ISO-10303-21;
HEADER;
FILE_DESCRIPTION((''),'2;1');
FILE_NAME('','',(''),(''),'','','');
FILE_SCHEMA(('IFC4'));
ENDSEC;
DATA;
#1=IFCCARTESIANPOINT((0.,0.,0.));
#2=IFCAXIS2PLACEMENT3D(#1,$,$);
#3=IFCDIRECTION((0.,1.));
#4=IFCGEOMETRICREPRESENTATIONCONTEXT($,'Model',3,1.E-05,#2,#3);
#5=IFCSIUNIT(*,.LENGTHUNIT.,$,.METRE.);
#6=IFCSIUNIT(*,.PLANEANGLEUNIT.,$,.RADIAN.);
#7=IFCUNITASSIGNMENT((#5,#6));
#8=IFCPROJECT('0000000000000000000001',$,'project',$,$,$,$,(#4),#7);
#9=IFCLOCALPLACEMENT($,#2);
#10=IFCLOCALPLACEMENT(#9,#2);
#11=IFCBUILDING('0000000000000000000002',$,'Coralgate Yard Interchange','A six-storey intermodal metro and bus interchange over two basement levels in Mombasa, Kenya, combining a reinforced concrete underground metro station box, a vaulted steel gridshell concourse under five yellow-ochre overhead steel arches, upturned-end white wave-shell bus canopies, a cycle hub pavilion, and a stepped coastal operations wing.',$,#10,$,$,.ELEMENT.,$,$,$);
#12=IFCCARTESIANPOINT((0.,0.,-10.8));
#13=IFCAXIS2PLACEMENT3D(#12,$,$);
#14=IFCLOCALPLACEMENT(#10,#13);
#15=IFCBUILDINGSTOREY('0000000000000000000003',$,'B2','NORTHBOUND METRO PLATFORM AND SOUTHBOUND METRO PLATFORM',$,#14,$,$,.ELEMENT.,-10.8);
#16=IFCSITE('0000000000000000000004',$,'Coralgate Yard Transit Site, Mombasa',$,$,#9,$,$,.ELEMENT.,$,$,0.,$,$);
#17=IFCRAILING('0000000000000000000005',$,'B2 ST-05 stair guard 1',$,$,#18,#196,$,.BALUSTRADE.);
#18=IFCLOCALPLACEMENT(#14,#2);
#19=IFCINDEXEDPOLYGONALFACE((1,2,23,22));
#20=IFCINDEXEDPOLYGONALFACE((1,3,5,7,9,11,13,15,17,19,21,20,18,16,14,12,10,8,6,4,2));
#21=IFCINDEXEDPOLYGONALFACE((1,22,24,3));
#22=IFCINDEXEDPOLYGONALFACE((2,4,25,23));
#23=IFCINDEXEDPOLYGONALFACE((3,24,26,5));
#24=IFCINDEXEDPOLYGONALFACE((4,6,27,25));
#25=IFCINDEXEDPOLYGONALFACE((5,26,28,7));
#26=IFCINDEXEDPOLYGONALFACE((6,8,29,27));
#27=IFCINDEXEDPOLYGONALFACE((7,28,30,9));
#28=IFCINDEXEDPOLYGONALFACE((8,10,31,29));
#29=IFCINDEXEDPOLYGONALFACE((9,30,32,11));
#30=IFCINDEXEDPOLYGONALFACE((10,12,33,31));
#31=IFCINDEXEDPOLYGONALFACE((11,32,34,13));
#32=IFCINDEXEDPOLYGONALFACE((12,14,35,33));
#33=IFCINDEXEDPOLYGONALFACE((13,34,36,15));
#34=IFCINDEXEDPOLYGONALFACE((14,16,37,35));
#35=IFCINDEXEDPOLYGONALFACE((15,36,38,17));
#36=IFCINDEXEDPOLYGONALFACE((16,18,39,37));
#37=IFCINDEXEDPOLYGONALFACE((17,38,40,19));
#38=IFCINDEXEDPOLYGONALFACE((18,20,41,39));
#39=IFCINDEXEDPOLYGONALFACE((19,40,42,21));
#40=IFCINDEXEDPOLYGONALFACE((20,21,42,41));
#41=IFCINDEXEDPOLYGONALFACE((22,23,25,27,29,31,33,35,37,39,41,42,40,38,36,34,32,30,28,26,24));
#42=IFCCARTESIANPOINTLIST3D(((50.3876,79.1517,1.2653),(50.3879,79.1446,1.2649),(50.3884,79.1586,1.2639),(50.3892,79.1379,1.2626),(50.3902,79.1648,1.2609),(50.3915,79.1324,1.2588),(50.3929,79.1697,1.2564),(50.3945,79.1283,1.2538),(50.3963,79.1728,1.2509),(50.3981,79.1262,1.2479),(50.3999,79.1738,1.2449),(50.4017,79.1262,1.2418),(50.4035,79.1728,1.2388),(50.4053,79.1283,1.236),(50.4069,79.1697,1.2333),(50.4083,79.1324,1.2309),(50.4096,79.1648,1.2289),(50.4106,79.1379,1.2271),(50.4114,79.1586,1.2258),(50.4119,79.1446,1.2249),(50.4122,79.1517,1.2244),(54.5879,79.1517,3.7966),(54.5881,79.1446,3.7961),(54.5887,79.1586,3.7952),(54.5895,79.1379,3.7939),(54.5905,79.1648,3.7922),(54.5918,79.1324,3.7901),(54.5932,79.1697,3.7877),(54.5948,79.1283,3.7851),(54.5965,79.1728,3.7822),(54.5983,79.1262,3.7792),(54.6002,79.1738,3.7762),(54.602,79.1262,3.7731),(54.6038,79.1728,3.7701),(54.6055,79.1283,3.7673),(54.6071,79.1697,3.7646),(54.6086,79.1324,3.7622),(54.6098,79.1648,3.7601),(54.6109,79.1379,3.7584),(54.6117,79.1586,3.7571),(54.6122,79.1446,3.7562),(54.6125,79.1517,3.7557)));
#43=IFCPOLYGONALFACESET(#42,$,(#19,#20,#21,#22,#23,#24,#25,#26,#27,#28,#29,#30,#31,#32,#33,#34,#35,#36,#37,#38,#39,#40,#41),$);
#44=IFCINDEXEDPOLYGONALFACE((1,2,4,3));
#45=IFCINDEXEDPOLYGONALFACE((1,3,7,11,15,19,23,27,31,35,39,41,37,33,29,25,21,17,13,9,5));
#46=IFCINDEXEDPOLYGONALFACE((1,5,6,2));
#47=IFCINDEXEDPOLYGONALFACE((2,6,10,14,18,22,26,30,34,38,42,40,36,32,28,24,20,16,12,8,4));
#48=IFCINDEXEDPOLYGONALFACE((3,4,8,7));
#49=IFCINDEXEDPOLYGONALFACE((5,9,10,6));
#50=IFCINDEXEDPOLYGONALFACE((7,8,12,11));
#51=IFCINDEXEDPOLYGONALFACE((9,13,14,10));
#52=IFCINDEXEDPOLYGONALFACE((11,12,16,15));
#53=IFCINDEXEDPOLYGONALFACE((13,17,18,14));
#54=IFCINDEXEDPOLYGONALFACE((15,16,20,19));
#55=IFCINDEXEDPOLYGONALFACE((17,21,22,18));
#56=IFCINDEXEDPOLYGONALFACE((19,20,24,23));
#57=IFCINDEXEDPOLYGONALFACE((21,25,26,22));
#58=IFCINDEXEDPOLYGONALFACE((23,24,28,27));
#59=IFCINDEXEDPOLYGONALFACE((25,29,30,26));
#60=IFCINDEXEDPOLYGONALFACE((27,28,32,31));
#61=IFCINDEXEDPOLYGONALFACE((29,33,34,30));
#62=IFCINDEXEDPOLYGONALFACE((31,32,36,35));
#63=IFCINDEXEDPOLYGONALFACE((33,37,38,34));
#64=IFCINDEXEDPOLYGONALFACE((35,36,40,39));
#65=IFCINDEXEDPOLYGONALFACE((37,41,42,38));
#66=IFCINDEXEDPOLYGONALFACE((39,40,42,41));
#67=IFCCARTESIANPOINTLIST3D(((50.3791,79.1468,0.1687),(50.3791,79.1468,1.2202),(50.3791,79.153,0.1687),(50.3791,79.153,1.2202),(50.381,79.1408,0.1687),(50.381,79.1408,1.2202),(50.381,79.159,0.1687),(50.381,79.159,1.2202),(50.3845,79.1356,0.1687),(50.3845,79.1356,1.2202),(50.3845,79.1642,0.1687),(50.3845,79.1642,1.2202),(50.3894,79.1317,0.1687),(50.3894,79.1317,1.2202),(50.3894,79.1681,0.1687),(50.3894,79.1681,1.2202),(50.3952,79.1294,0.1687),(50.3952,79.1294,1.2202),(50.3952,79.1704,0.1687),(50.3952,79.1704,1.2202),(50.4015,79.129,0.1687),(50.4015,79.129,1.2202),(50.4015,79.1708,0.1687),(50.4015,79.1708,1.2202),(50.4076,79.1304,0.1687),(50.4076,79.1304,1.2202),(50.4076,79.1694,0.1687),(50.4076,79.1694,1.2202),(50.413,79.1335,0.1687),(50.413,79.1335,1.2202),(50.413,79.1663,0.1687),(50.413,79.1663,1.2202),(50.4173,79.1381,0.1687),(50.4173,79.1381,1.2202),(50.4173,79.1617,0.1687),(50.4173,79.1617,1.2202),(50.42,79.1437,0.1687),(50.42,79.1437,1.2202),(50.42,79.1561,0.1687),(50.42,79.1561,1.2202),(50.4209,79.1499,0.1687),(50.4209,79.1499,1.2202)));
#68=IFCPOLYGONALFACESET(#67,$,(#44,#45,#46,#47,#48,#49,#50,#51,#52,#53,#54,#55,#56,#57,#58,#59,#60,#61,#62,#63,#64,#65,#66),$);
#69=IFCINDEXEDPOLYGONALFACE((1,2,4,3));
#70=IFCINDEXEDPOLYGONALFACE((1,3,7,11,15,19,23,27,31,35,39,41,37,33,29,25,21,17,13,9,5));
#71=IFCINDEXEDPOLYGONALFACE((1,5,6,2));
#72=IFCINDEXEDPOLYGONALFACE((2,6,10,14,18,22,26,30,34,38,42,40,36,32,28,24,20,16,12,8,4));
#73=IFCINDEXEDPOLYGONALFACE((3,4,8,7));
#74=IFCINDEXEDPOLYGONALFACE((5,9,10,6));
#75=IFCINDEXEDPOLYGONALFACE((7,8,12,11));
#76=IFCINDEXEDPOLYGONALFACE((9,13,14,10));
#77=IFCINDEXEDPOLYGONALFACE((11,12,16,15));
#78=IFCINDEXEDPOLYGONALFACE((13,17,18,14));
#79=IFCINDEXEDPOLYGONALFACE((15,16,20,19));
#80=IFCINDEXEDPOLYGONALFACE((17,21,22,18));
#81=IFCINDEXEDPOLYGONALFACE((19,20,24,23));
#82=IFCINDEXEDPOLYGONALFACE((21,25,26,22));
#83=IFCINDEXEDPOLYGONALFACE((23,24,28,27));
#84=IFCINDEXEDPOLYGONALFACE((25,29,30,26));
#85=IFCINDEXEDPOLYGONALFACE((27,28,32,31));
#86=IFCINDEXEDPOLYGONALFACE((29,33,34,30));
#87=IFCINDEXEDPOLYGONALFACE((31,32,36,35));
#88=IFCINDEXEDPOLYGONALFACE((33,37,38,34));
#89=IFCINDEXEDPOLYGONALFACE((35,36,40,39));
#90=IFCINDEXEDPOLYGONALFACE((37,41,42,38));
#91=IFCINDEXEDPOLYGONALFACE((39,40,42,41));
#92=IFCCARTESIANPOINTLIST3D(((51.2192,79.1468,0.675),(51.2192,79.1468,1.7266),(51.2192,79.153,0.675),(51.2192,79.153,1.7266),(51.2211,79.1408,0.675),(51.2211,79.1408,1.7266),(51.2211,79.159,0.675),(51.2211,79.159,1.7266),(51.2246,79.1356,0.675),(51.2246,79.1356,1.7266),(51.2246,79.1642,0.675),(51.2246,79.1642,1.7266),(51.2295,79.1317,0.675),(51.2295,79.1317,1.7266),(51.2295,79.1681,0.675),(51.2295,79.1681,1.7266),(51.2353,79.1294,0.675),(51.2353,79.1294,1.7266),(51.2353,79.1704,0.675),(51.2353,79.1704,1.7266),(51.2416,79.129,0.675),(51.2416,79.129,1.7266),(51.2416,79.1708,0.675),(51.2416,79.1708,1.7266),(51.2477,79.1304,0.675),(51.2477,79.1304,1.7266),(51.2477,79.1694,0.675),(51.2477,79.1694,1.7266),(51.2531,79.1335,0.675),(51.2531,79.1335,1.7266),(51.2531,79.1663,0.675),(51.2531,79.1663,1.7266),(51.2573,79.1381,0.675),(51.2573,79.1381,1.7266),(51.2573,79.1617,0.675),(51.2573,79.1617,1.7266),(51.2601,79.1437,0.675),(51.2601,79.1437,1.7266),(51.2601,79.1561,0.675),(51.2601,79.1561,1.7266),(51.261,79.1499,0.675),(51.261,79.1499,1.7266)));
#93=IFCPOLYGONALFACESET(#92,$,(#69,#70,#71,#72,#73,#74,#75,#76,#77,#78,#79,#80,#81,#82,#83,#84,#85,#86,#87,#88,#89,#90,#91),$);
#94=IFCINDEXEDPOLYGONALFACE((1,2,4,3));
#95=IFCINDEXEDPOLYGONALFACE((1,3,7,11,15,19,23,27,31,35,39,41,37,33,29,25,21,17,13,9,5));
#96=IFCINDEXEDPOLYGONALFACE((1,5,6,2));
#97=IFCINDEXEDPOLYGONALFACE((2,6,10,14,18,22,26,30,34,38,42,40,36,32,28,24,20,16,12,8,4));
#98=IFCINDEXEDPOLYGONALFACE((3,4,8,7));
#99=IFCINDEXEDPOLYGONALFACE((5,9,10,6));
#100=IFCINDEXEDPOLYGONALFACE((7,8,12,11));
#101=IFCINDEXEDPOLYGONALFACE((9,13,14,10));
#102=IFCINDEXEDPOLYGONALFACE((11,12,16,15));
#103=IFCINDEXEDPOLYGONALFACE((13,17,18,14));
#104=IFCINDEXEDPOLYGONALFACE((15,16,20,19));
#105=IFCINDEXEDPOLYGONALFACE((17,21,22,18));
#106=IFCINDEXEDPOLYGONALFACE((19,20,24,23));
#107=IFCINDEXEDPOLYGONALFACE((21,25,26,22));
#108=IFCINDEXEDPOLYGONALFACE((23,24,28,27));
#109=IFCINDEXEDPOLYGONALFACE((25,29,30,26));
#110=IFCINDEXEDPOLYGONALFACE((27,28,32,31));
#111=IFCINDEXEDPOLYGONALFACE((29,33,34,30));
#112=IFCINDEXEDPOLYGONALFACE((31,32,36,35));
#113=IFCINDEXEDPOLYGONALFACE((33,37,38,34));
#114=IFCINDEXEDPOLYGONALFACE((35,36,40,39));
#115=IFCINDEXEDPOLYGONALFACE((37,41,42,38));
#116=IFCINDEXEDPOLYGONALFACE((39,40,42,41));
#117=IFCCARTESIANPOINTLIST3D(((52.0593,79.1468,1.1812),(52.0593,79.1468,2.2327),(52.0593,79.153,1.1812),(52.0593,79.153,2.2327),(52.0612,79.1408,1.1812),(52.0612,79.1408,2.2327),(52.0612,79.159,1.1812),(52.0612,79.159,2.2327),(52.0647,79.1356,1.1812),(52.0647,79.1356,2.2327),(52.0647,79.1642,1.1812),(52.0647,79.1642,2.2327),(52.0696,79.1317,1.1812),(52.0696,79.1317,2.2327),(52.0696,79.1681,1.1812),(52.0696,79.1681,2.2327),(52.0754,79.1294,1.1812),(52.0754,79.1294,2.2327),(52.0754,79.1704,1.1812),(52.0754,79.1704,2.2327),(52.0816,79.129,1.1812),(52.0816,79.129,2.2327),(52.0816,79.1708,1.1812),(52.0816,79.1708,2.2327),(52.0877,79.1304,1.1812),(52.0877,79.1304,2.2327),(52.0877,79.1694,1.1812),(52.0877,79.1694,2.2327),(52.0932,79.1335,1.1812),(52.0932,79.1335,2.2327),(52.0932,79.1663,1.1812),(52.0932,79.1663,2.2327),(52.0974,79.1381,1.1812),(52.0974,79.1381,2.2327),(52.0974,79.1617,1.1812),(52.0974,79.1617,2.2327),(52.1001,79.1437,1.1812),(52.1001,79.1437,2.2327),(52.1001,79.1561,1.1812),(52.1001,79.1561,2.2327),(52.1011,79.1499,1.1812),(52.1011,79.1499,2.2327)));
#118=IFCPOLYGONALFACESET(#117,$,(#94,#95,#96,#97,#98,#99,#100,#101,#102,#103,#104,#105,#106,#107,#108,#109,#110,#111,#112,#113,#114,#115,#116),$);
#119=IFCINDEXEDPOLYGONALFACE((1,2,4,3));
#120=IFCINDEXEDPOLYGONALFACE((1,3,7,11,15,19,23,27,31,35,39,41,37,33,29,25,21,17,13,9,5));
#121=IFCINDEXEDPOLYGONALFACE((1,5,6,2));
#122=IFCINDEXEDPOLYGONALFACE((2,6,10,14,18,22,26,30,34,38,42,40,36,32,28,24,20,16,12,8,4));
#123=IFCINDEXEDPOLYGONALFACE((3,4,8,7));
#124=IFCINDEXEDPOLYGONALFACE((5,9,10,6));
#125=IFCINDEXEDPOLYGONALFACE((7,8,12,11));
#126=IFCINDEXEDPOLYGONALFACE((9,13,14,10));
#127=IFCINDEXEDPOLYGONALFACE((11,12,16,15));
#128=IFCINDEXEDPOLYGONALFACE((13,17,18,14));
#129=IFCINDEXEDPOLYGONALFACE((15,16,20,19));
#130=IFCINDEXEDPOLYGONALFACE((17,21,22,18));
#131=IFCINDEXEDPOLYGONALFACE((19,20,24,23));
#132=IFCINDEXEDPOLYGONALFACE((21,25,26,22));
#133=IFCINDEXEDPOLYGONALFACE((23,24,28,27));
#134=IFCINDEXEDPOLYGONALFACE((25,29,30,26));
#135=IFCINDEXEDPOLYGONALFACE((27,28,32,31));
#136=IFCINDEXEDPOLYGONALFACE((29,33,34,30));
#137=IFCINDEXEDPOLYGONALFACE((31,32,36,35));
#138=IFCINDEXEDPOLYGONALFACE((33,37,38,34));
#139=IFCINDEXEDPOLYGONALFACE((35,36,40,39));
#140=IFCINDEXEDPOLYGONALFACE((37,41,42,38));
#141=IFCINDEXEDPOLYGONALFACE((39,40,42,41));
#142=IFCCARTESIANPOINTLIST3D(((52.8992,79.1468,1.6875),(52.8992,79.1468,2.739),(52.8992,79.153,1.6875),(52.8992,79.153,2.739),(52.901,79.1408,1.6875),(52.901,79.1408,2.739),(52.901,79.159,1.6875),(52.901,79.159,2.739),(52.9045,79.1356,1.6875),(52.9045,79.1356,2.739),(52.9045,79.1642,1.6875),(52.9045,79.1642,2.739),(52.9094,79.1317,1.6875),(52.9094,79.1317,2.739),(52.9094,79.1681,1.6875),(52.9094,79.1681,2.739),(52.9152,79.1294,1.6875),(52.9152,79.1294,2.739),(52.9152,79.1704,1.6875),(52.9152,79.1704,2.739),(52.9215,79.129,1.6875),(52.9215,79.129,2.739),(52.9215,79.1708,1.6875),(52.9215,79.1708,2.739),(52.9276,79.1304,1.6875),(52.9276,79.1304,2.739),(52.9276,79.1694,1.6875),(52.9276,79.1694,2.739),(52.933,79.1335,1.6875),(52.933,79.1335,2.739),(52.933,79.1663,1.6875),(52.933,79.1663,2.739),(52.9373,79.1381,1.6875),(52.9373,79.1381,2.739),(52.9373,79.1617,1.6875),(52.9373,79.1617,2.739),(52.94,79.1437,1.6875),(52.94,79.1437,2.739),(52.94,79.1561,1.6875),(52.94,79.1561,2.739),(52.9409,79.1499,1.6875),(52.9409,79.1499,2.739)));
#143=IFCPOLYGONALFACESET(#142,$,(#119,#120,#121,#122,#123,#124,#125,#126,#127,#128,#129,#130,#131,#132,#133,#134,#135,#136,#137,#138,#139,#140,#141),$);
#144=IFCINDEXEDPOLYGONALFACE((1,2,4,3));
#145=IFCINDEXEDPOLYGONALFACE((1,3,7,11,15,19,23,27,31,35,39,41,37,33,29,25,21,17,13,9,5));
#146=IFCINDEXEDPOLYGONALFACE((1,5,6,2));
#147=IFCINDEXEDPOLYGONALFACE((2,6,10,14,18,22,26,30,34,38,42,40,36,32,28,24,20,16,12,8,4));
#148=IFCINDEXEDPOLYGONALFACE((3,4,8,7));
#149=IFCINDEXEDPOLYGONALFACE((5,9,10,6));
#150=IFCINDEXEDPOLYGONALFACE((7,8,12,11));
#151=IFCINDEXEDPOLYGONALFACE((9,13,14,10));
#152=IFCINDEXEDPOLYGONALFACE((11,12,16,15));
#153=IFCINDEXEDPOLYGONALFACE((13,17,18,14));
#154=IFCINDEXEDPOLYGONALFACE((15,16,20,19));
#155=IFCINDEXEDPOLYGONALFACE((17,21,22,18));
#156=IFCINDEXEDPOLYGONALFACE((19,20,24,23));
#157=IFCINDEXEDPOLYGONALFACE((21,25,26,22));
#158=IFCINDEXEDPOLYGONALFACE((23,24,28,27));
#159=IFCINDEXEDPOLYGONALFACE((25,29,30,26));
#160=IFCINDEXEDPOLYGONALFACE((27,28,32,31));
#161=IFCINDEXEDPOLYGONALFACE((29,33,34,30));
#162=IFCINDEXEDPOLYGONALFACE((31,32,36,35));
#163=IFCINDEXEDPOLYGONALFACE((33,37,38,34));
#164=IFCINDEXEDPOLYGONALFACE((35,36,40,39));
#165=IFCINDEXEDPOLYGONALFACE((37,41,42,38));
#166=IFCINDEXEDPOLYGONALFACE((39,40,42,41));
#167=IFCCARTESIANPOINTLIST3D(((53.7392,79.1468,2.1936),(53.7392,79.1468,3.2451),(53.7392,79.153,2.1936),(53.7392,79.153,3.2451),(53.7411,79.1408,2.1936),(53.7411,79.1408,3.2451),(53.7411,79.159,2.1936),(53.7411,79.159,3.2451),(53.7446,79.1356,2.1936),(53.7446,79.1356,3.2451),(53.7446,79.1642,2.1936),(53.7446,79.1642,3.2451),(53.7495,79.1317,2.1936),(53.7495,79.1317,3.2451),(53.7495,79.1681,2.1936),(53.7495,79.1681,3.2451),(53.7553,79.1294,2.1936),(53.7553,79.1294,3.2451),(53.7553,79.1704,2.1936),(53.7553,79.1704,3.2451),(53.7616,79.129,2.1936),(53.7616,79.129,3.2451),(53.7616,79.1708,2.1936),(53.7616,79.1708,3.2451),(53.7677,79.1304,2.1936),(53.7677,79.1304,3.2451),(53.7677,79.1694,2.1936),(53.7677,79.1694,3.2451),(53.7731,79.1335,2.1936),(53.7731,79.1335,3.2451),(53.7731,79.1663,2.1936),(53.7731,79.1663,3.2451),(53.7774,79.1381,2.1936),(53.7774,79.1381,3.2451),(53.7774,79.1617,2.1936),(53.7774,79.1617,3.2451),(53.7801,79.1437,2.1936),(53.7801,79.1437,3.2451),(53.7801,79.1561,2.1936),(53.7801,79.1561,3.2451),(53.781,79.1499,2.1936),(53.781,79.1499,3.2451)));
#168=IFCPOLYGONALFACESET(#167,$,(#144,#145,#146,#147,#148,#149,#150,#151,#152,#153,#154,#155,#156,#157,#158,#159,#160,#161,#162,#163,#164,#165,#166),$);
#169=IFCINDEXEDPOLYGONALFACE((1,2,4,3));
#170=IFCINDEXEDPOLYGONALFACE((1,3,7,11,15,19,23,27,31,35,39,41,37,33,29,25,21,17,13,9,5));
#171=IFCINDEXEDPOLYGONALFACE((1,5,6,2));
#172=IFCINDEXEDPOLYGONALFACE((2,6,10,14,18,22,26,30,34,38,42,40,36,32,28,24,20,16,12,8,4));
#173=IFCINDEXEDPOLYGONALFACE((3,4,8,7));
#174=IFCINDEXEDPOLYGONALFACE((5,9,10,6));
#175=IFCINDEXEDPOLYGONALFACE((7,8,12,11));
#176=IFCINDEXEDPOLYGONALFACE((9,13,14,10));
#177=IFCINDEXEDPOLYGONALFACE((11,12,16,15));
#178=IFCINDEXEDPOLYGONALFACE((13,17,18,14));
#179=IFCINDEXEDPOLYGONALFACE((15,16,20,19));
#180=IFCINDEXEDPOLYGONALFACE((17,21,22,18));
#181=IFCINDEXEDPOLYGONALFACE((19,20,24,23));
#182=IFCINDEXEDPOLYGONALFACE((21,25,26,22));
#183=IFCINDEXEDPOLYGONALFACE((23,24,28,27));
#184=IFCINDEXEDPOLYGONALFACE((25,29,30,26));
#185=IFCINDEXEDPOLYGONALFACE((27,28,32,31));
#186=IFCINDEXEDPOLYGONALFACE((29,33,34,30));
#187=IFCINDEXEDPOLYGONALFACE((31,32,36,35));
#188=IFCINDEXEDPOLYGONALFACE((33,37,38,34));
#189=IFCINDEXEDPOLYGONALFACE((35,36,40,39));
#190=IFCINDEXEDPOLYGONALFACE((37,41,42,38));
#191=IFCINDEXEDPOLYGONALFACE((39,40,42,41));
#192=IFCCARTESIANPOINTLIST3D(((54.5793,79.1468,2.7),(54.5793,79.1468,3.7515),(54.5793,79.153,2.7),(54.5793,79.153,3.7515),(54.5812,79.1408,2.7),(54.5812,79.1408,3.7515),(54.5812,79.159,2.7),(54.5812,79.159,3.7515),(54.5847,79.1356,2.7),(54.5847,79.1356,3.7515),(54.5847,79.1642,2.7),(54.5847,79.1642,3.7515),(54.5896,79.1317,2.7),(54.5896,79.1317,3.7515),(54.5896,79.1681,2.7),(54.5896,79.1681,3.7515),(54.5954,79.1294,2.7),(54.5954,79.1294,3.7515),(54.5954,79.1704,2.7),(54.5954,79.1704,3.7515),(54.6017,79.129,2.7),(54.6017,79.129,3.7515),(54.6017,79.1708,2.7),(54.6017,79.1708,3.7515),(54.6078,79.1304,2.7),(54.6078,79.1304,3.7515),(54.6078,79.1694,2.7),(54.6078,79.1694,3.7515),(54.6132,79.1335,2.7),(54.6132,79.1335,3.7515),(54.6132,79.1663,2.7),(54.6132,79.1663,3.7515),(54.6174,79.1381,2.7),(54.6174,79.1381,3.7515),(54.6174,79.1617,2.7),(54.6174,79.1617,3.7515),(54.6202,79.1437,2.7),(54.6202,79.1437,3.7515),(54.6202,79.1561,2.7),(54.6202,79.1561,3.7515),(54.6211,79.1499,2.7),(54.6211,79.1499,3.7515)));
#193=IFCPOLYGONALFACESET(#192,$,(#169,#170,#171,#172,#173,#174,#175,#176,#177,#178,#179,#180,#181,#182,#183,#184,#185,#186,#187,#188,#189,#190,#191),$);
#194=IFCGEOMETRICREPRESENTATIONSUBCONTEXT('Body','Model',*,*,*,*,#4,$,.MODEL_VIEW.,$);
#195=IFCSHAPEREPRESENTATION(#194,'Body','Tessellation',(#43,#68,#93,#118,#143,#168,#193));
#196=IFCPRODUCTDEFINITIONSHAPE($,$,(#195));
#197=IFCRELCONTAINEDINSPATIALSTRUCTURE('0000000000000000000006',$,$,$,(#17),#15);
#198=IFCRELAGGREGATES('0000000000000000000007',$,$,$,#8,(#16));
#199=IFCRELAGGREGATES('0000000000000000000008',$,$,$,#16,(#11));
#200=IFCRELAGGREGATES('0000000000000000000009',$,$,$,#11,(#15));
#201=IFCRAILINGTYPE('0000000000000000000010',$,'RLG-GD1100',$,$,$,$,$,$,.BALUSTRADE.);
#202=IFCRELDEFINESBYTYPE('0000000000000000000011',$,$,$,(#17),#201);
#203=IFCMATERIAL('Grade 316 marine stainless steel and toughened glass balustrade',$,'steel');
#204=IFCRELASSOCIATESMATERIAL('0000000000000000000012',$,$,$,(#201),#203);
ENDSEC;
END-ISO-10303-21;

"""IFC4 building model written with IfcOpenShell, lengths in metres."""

from ifc_helpers import new_model, si_unit, direction, frame, origin, origin_2d, place, context, subcontext, project, spatial, circle, extrude, material, type_object, element, save


model = new_model("IFC4")

# Units and contexts
model_context = context("Model", 3, precision=1e-05, world=origin(), true_north=direction((0.0, 1.0)))
body_context = subcontext(model_context, "Body", "Model", "MODEL_VIEW")
ifc_project = project(units=[si_unit("LENGTHUNIT", "METRE"), si_unit("PLANEANGLEUNIT", "RADIAN")], contexts=[model_context])

# Site, building, storey
site_placement = place(None, origin())
site = spatial("IfcSite", under=ifc_project, at=site_placement, Name="Coralgate Yard Transit Site, Mombasa", CompositionType="ELEMENT", RefElevation=0.0)
building_placement = place(site_placement, origin())
building = spatial("IfcBuilding", under=site, at=building_placement, Name="Coralgate Yard Interchange", Description="A six-storey intermodal metro and bus interchange over two basement levels in Mombasa, Kenya, combining a reinforced concrete underground metro station box, a vaulted steel gridshell concourse under five yellow-ochre overhead steel arches, upturned-end white wave-shell bus canopies, a cycle hub pavilion, and a stepped coastal operations wing.", CompositionType="ELEMENT")
storey_placement = place(building_placement, frame((0.0, 0.0, -10.8)))
storey = spatial("IfcBuildingStorey", under=building, at=storey_placement, Name="B2", Description="NORTHBOUND METRO PLATFORM AND SOUTHBOUND METRO PLATFORM", CompositionType="ELEMENT", Elevation=-10.8)

# Railing
ifc_material_1 = material(Name="Grade 316 marine stainless steel and toughened glass balustrade", Category="steel")
railing_type_1 = type_object("IfcRailingType", Name="RLG-GD1100", PredefinedType="BALUSTRADE", material=ifc_material_1)
railing_1_placement = place(storey_placement, frame((50.3999, 79.1499, 0.1687)))
element("IfcRailing", 1, at=railing_1_placement, inside=storey, type_object=railing_type_1, Name="B2 ST-05 stair guard 1", PredefinedType="BALUSTRADE", context=body_context, shape_type="SweptSolid", body=[
    extrude(circle(Radius=0.0239, at=origin_2d()), frame((0.0, 0.0, 1.0762), z_axis=(0.85649, 0.0, 0.516164), x_axis=(0.0, 1.0, 0.0)), (0.0, 0.0, 1.0), 4.9041),
    extrude(circle(Radius=0.021, at=origin_2d()), origin(), (0.0, 0.0, 1.0), 1.0515),
    extrude(circle(Radius=0.021, at=origin_2d()), frame((0.8401, 0.0, 0.5063)), (0.0, 0.0, 1.0), 1.0515),
    extrude(circle(Radius=0.021, at=origin_2d()), frame((1.6802, 0.0, 1.0125)), (0.0, 0.0, 1.0), 1.0515),
    extrude(circle(Radius=0.021, at=origin_2d()), frame((2.52, 0.0, 1.5188)), (0.0, 0.0, 1.0), 1.0515),
    extrude(circle(Radius=0.021, at=origin_2d()), frame((3.3601, 0.0, 2.0249)), (0.0, 0.0, 1.0), 1.0515),
    extrude(circle(Radius=0.021, at=origin_2d()), frame((4.2002, 0.0, 2.5312)), (0.0, 0.0, 1.0), 1.0515),
])

save(model, "model.ifc")
